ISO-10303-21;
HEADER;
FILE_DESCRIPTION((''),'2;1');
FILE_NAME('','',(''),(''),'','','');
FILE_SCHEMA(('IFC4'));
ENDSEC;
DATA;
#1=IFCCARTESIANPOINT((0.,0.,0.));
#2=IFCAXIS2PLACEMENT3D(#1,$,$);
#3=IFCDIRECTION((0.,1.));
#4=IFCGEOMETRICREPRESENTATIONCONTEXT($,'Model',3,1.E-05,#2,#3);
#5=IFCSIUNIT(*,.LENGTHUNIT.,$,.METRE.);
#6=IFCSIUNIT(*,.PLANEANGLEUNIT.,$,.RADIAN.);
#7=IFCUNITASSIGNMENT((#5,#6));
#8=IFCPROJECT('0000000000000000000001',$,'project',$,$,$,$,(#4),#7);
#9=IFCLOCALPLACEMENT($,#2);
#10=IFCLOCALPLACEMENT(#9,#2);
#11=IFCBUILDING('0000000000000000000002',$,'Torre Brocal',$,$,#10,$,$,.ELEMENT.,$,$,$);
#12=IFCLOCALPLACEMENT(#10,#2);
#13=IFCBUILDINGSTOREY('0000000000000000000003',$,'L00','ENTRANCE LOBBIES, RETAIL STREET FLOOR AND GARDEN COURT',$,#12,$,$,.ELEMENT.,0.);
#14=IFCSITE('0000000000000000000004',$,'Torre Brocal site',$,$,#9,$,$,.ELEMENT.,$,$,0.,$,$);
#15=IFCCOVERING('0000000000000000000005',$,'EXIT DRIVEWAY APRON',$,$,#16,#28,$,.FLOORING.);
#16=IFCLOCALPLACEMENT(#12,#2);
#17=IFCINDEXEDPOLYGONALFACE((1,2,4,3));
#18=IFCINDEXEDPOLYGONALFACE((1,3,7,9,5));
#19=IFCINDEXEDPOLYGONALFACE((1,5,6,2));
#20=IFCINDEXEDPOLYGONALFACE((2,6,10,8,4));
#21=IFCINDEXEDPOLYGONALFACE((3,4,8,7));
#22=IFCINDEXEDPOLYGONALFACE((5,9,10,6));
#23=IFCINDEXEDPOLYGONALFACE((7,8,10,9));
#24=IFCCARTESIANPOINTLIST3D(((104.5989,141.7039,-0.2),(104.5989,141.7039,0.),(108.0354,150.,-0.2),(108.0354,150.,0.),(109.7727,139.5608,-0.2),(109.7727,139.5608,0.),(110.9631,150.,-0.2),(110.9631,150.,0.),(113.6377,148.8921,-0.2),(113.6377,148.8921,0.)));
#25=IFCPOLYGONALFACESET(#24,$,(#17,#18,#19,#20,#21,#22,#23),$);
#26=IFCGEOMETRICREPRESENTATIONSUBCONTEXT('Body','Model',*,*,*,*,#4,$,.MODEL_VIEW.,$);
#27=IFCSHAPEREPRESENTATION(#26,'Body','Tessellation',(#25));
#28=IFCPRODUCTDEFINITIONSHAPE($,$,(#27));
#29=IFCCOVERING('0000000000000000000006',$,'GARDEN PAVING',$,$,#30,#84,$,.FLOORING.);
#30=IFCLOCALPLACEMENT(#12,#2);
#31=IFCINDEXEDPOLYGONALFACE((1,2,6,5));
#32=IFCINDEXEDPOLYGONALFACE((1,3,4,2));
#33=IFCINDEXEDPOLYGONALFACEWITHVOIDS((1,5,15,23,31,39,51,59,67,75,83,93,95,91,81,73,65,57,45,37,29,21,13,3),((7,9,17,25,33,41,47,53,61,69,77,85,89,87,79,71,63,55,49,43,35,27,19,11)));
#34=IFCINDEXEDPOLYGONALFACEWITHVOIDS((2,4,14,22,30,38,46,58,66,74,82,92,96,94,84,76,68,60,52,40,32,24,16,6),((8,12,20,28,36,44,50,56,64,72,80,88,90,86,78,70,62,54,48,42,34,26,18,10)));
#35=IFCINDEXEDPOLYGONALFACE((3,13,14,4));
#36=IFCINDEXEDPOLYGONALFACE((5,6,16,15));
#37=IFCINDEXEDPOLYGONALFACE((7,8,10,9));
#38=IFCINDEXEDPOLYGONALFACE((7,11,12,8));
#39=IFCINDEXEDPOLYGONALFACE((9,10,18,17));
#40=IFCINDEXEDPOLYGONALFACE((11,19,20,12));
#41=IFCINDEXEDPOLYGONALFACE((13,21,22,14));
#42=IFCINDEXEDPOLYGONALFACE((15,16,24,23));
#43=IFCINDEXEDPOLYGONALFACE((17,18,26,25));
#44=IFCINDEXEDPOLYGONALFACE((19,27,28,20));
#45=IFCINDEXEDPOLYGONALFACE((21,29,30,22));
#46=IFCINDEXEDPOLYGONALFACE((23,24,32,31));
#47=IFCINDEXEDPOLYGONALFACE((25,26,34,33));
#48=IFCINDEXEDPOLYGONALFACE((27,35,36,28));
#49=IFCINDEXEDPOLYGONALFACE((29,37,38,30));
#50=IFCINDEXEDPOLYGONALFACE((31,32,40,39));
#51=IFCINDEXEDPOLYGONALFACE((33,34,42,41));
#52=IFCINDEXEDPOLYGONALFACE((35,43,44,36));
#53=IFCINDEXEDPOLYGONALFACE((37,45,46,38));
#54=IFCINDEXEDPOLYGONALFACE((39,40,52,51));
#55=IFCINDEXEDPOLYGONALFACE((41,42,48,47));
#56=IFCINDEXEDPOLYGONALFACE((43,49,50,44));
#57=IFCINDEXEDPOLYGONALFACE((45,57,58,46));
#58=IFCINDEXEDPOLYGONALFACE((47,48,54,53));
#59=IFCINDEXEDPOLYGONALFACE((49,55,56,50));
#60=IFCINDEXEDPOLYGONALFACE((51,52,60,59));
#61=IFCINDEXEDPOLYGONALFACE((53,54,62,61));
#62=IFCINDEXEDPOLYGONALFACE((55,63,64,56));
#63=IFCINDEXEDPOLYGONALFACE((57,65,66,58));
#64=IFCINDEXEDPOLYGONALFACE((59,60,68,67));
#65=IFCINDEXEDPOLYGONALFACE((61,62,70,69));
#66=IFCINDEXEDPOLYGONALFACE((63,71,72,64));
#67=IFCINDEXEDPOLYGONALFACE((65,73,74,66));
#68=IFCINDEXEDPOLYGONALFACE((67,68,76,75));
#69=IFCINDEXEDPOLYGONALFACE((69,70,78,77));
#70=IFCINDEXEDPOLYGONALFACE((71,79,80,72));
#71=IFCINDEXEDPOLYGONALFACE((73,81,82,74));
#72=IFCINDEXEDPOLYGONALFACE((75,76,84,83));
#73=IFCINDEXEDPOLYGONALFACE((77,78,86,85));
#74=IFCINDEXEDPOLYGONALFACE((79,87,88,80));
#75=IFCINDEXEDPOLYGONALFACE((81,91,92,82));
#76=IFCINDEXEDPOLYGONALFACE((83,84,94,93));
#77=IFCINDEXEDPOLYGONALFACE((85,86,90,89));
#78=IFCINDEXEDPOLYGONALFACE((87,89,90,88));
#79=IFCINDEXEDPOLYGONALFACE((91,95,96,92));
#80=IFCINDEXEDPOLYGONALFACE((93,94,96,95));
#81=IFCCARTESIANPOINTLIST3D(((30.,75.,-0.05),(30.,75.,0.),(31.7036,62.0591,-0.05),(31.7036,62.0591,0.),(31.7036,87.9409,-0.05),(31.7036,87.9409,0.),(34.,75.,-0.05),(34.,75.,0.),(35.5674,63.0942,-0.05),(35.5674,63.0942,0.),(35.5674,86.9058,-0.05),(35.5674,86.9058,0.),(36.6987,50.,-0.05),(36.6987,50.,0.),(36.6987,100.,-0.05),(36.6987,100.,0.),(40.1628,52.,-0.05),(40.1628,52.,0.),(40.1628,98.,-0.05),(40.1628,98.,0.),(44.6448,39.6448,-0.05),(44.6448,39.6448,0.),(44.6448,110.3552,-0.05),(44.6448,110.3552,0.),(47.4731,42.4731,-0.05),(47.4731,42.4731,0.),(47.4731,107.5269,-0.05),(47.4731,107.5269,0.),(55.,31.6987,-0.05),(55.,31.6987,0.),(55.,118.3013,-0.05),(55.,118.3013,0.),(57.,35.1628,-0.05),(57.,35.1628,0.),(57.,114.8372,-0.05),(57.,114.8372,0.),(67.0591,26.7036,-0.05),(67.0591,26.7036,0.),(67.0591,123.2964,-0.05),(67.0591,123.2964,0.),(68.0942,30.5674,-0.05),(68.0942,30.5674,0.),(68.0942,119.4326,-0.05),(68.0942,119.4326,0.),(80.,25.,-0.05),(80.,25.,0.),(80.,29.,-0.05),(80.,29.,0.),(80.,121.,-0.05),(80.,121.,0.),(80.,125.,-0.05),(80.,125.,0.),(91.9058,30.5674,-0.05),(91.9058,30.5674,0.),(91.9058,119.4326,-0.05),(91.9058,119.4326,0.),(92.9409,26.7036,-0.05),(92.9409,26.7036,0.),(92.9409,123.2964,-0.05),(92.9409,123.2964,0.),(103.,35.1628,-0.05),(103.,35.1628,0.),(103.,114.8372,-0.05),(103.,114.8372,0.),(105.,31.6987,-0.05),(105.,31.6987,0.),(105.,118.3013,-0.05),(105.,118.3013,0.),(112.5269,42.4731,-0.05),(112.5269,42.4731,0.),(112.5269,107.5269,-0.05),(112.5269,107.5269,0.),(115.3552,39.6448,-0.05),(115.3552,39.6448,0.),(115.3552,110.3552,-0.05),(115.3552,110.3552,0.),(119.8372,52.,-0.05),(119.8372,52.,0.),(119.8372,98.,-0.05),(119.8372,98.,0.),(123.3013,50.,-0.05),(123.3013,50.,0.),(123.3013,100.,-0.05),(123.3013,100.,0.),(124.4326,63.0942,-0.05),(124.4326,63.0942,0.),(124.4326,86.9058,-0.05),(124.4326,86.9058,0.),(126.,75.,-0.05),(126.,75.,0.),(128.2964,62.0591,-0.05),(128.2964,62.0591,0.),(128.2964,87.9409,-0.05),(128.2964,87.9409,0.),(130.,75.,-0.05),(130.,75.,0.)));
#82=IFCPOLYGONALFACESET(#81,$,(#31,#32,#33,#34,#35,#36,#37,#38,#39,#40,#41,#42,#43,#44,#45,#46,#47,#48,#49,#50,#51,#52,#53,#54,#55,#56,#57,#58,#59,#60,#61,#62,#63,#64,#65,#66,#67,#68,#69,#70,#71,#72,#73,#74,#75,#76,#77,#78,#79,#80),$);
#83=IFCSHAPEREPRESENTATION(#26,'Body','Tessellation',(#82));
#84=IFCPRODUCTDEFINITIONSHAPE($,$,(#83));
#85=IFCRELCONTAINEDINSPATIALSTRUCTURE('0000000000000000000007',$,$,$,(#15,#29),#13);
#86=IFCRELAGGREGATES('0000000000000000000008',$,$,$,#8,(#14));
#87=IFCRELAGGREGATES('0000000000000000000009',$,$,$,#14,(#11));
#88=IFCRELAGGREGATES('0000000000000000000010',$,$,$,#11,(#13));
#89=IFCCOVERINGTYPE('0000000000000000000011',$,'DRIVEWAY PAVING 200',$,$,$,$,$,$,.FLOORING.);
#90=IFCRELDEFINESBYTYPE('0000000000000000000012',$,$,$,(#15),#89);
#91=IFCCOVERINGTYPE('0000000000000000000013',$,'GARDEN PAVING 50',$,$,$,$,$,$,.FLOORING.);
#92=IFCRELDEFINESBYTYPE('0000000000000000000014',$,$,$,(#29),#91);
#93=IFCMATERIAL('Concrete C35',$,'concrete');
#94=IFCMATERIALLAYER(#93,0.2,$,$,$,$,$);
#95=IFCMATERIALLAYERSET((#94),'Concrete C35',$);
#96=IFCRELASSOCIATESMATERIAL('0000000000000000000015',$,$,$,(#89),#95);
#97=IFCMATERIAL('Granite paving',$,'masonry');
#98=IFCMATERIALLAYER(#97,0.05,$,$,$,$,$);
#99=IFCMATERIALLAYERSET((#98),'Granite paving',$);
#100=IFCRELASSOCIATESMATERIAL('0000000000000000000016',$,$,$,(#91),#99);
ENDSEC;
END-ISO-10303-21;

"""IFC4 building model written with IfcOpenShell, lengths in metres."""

from ifc_helpers import new_model, si_unit, direction, frame, origin, place, context, subcontext, project, spatial, polyline, outline, extrude, material, layer, layer_set, type_object, element, save


model = new_model("IFC4")

# Units and contexts
model_context = context("Model", 3, precision=1e-05, world=origin(), true_north=direction((0.0, 1.0)))
body_context = subcontext(model_context, "Body", "Model", "MODEL_VIEW")
ifc_project = project(units=[si_unit("LENGTHUNIT", "METRE"), si_unit("PLANEANGLEUNIT", "RADIAN")], contexts=[model_context])

# Site, building, storey
site_placement = place(None, origin())
site = spatial("IfcSite", under=ifc_project, at=site_placement, Name="Torre Brocal site", CompositionType="ELEMENT", RefElevation=0.0)
building_placement = place(site_placement, origin())
building = spatial("IfcBuilding", under=site, at=building_placement, Name="Torre Brocal", CompositionType="ELEMENT")
storey_placement = place(building_placement, origin())
storey = spatial("IfcBuildingStorey", under=building, at=storey_placement, Name="L00", Description="ENTRANCE LOBBIES, RETAIL STREET FLOOR AND GARDEN COURT", CompositionType="ELEMENT", Elevation=0.0)

# Coverings
ifc_material_1 = material(Name="Concrete C35", Category="concrete")
ifc_layer_1 = layer(ifc_material_1, 0.2)
ifc_layer_set_1 = layer_set([ifc_layer_1], Name="Concrete C35")
covering_type_1 = type_object("IfcCoveringType", Name="DRIVEWAY PAVING 200", PredefinedType="FLOORING", material=ifc_layer_set_1)
covering_1_placement = place(storey_placement, frame((0.0, 0.0, -0.2)))
element("IfcCovering", 1, at=covering_1_placement, inside=storey, type_object=covering_type_1, Name="EXIT DRIVEWAY APRON", PredefinedType="FLOORING", context=body_context, shape_type="SweptSolid", body=[
    extrude(outline(polyline([(104.5989, 141.7039), (108.0354, 150.0), (110.9631, 150.0), (113.6377, 148.8921), (109.7727, 139.5608), (104.5989, 141.7039)])), origin(), (0.0, 0.0, 1.0), 0.2),
])
ifc_material_2 = material(Name="Granite paving", Category="masonry")
ifc_layer_2 = layer(ifc_material_2, 0.05)
ifc_layer_set_2 = layer_set([ifc_layer_2], Name="Granite paving")
covering_type_2 = type_object("IfcCoveringType", Name="GARDEN PAVING 50", PredefinedType="FLOORING", material=ifc_layer_set_2)
covering_2_placement = place(storey_placement, frame((0.0, 0.0, -0.05)))
element("IfcCovering", 2, at=covering_2_placement, inside=storey, type_object=covering_type_2, Name="GARDEN PAVING", PredefinedType="FLOORING", context=body_context, shape_type="SweptSolid", body=[
    extrude(outline(polyline([(128.2964, 62.0591), (123.3013, 50.0), (115.3552, 39.6448), (105.0, 31.6987), (92.9409, 26.7036), (80.0, 25.0), (67.0591, 26.7036), (55.0, 31.6987), (44.6448, 39.6448), (36.6987, 50.0), (31.7036, 62.0591), (30.0, 75.0), (31.7036, 87.9409), (36.6987, 100.0), (44.6448, 110.3552), (55.0, 118.3013), (67.0591, 123.2964), (80.0, 125.0), (92.9409, 123.2964), (105.0, 118.3013), (115.3552, 110.3552), (123.3013, 100.0), (128.2964, 87.9409), (130.0, 75.0), (128.2964, 62.0591)]), holes=[polyline([(124.4326, 86.9058), (119.8372, 98.0), (112.5269, 107.5269), (103.0, 114.8372), (91.9058, 119.4326), (80.0, 121.0), (68.0942, 119.4326), (57.0, 114.8372), (47.4731, 107.5269), (40.1628, 98.0), (35.5674, 86.9058), (34.0, 75.0), (35.5674, 63.0942), (40.1628, 52.0), (47.4731, 42.4731), (57.0, 35.1628), (68.0942, 30.5674), (80.0, 29.0), (91.9058, 30.5674), (103.0, 35.1628), (112.5269, 42.4731), (119.8372, 52.0), (124.4326, 63.0942), (126.0, 75.0), (124.4326, 86.9058)])]), origin(), (0.0, 0.0, 1.0), 0.05),
])

save(model, "model.ifc")
